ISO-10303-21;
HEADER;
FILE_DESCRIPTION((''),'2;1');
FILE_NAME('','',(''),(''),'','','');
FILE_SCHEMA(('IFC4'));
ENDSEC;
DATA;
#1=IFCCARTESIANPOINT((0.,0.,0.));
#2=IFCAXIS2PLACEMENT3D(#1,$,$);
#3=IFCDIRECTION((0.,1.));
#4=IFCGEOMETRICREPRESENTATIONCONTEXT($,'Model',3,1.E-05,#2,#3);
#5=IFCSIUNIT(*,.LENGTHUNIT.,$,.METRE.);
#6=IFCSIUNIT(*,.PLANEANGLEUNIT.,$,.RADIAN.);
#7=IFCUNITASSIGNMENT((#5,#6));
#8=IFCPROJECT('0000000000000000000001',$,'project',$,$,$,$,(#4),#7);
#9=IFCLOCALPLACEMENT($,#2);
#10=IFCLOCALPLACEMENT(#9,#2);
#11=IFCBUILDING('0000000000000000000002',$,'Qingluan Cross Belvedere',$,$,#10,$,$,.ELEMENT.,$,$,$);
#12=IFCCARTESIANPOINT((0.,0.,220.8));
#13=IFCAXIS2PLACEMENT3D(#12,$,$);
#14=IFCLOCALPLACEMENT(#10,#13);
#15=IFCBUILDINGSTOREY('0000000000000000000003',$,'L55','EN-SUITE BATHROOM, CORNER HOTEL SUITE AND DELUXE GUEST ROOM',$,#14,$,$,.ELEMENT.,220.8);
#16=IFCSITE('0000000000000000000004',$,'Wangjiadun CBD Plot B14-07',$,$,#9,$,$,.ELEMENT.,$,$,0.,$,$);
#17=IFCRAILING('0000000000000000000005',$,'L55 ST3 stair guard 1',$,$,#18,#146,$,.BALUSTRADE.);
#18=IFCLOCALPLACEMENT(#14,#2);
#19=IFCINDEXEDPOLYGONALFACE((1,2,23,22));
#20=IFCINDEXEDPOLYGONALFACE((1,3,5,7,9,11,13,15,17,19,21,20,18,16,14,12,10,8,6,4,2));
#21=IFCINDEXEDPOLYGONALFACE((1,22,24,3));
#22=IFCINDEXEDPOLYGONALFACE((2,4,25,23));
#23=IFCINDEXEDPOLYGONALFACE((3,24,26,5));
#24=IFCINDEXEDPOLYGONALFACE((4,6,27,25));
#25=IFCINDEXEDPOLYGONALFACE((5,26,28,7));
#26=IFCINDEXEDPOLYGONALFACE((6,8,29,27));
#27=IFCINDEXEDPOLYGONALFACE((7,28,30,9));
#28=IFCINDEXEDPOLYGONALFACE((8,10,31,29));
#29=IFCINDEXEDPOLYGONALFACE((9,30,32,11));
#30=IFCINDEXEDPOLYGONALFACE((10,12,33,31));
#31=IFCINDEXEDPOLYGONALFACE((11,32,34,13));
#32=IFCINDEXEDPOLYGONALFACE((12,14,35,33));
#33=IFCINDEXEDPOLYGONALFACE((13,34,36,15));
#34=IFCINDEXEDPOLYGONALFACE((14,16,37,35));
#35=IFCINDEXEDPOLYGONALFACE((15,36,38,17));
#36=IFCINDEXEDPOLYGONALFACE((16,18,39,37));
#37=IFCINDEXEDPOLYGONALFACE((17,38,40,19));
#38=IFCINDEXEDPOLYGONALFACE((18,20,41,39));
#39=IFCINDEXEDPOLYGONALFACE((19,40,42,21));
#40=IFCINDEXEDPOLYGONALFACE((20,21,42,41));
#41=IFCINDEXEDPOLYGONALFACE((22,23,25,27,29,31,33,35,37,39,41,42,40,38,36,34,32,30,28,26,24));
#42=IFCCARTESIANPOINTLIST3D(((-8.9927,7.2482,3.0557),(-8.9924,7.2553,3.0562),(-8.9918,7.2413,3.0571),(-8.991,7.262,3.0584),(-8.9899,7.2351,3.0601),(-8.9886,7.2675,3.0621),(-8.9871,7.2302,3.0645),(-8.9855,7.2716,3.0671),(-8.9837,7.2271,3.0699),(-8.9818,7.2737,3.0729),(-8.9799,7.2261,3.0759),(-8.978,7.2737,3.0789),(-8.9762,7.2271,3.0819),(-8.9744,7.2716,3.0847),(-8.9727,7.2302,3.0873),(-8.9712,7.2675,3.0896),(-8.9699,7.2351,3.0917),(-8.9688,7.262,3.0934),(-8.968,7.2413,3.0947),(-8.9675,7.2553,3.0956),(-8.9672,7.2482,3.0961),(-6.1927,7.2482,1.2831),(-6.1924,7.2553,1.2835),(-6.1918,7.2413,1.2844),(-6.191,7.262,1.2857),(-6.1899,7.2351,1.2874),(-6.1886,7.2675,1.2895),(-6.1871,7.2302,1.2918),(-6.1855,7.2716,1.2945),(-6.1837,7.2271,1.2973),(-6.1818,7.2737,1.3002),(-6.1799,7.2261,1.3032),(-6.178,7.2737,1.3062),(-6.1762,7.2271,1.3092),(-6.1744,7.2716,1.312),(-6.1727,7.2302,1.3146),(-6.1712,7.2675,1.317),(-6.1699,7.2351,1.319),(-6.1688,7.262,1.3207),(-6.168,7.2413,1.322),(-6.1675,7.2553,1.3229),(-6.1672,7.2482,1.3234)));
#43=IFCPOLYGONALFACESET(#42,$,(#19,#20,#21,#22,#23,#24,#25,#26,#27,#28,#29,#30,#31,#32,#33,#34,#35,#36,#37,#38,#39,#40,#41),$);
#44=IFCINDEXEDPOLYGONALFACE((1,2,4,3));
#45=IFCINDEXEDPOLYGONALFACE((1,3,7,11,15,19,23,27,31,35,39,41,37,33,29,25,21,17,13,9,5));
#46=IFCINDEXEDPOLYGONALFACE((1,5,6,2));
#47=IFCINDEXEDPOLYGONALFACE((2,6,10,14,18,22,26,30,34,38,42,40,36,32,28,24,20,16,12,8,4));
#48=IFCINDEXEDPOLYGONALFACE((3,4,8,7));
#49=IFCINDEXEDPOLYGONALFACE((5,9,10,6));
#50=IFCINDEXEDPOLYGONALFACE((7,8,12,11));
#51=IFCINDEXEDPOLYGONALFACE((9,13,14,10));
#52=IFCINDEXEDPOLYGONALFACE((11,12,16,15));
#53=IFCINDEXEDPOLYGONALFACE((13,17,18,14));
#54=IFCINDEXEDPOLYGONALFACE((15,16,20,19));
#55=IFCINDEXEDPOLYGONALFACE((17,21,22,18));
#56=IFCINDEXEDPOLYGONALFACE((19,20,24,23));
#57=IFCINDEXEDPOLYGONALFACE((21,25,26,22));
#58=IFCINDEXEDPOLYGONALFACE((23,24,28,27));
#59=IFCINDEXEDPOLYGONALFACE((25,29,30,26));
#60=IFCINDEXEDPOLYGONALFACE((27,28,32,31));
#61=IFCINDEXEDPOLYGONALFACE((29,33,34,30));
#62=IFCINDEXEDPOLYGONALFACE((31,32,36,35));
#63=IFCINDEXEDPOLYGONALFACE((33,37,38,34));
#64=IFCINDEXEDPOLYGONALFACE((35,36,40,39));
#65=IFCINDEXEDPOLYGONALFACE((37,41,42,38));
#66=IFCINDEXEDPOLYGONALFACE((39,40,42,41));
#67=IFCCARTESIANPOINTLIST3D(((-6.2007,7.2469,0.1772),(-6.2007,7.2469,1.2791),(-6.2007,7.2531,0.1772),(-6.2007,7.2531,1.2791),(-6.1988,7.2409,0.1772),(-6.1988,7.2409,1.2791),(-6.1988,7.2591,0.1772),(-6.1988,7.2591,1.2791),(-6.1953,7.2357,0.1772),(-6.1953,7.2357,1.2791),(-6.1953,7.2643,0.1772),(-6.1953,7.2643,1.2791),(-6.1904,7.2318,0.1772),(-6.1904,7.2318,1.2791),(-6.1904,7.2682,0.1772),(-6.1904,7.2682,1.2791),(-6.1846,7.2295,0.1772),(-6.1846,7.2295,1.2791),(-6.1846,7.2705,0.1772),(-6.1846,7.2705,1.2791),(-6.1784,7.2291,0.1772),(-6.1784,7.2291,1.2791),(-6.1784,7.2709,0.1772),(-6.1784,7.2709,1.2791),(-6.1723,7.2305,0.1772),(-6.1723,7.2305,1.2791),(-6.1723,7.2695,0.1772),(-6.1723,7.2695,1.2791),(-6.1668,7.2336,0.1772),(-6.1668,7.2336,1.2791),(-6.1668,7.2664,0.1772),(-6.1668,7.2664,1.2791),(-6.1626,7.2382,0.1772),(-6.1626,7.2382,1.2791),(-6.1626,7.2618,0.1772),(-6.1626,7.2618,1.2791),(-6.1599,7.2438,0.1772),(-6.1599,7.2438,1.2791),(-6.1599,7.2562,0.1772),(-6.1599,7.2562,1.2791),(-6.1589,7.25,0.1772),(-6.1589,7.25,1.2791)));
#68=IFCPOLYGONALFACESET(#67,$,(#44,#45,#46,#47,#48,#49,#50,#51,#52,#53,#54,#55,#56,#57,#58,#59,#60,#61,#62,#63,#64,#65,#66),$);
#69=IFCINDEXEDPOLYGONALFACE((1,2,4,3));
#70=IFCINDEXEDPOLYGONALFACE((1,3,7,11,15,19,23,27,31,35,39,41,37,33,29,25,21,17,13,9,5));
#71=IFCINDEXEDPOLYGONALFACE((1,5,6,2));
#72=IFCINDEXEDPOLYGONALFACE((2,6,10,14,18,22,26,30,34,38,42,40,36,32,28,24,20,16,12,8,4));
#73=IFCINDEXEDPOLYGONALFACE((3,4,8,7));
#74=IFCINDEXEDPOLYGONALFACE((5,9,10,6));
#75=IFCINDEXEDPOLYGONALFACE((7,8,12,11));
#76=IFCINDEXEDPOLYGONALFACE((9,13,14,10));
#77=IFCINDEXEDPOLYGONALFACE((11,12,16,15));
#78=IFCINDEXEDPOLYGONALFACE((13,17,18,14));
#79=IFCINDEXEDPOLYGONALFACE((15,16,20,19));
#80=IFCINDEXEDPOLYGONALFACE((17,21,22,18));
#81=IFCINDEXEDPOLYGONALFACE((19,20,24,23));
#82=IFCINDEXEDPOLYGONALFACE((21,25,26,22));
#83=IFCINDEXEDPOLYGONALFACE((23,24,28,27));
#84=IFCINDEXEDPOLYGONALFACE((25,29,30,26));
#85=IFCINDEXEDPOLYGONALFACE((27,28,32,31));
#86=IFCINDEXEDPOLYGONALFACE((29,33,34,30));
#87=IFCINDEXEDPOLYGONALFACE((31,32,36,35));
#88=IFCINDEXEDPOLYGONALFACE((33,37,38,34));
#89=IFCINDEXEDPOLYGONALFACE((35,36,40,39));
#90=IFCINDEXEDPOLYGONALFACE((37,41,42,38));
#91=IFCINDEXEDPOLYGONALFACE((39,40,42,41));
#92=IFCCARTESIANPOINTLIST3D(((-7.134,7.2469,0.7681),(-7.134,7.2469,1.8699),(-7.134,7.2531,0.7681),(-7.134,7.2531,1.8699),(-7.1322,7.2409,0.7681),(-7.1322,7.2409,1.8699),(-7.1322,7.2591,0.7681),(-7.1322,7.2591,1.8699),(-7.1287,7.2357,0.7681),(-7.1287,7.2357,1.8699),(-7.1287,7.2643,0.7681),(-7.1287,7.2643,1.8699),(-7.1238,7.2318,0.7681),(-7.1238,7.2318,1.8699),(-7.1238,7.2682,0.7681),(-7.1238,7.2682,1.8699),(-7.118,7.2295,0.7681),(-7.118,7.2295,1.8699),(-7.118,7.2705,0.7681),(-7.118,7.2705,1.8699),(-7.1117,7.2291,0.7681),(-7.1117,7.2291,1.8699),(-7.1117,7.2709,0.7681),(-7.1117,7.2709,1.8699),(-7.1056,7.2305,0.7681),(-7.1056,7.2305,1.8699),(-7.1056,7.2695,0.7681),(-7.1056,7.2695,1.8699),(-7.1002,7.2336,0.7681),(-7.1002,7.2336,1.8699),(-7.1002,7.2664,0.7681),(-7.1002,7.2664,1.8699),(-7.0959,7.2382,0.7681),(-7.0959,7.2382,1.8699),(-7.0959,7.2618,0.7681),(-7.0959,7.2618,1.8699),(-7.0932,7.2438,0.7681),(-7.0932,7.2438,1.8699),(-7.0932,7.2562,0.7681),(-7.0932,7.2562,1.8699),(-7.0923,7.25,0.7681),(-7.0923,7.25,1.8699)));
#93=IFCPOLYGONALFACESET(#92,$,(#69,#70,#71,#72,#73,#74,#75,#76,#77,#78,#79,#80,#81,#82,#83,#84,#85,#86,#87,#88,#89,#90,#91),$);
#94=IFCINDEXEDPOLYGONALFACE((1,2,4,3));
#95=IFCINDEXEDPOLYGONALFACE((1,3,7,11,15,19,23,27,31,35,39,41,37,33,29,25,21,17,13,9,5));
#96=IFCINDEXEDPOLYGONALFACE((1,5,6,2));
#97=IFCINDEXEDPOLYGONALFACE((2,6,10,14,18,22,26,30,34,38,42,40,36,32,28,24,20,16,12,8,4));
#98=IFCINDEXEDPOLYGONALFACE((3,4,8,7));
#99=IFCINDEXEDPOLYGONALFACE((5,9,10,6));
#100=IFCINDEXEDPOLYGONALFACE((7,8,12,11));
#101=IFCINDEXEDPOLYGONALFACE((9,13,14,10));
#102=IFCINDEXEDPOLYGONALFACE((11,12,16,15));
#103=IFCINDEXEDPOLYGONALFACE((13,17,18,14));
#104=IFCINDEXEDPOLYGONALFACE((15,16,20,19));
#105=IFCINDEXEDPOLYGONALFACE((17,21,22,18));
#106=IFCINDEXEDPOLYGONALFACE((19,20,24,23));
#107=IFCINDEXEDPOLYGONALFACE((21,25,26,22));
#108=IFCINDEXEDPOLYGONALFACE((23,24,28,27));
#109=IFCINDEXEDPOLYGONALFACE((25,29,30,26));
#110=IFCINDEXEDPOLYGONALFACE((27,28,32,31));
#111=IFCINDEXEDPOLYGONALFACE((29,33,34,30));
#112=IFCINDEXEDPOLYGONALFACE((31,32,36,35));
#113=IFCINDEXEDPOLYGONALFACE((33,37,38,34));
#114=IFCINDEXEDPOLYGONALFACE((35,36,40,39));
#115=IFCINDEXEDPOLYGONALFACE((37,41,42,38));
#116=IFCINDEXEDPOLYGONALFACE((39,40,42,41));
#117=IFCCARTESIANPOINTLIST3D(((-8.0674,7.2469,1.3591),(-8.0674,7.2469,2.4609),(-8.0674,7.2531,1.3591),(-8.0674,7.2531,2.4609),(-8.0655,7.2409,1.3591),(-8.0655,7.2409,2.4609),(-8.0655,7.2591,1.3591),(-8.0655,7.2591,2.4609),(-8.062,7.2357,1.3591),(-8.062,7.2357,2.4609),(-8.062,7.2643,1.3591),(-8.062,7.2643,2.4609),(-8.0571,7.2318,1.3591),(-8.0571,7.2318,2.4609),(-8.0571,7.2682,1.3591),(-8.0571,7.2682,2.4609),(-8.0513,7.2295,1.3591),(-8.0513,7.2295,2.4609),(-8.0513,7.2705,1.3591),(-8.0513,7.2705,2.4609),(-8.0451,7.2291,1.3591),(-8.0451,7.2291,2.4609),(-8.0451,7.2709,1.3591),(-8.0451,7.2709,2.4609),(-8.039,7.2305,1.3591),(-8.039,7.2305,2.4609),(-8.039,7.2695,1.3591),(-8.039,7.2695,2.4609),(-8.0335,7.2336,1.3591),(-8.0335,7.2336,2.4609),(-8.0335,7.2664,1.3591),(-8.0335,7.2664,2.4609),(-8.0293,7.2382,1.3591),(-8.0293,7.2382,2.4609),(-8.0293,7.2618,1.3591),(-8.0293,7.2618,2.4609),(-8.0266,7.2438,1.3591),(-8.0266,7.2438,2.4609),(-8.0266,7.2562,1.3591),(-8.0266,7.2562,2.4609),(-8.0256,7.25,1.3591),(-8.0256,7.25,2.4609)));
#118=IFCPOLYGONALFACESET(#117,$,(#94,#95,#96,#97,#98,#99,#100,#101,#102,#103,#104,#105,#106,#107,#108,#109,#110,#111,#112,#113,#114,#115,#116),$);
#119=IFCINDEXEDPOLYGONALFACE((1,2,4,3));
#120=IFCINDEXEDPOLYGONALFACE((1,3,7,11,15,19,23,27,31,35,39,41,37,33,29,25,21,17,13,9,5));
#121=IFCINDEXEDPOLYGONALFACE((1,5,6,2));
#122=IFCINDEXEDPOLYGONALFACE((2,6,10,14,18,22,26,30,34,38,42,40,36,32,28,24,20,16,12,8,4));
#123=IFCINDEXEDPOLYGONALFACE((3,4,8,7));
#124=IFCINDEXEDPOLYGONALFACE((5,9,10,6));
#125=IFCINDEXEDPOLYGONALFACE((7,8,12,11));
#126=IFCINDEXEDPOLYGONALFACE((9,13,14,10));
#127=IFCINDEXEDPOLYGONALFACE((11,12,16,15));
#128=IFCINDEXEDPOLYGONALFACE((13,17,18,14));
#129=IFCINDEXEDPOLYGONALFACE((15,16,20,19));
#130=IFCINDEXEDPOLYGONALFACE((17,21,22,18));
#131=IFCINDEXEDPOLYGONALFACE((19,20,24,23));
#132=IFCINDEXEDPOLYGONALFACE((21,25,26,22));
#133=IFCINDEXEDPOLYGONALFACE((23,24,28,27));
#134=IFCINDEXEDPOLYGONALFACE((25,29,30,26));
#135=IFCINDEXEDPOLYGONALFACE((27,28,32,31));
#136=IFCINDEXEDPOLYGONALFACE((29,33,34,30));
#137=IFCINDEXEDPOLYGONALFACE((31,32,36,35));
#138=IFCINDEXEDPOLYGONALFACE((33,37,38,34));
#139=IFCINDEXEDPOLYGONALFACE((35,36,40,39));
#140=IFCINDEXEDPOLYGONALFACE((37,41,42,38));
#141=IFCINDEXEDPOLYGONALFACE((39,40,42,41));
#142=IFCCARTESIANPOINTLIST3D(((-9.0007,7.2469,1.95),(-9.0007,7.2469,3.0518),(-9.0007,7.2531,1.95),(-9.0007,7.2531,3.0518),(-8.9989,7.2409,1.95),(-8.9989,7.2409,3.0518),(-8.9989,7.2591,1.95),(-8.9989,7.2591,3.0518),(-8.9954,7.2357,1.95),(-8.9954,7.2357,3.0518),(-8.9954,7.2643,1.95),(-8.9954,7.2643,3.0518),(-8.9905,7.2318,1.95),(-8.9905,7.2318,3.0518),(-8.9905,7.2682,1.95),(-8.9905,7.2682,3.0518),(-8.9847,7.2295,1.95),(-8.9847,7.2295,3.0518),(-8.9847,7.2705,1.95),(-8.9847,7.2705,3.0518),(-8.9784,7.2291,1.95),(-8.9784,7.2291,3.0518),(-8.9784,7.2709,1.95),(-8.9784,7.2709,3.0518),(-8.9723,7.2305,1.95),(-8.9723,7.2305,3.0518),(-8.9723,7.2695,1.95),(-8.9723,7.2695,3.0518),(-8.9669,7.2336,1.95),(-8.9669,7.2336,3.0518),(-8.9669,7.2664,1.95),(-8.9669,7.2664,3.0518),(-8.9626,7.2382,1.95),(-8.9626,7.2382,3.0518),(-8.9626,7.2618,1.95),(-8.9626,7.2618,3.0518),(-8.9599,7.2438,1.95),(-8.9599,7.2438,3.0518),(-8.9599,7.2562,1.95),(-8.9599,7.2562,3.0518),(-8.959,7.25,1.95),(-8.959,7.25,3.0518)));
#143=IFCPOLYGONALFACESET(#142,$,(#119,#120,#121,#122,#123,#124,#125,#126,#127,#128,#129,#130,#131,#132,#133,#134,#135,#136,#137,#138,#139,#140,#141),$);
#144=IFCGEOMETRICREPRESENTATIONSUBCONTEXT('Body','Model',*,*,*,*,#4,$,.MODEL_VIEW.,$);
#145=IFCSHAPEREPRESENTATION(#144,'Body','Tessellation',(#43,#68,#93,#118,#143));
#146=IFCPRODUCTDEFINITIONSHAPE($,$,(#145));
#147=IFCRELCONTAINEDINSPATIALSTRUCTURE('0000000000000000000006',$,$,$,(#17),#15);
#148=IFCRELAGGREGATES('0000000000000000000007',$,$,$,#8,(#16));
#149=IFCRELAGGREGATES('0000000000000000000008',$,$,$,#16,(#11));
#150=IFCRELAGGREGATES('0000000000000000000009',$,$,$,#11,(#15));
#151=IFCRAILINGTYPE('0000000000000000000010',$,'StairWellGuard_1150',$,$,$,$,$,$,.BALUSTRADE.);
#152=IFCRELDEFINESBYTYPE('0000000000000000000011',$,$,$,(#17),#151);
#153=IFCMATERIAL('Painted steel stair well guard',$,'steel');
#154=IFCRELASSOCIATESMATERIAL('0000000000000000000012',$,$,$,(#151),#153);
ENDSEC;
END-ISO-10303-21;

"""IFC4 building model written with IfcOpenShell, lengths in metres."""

from ifc_helpers import new_model, si_unit, direction, frame, origin, origin_2d, place, context, subcontext, project, spatial, circle, extrude, material, type_object, element, save


model = new_model("IFC4")

# Units and contexts
model_context = context("Model", 3, precision=1e-05, world=origin(), true_north=direction((0.0, 1.0)))
body_context = subcontext(model_context, "Body", "Model", "MODEL_VIEW")
ifc_project = project(units=[si_unit("LENGTHUNIT", "METRE"), si_unit("PLANEANGLEUNIT", "RADIAN")], contexts=[model_context])

# Site, building, storey
site_placement = place(None, origin())
site = spatial("IfcSite", under=ifc_project, at=site_placement, Name="Wangjiadun CBD Plot B14-07", CompositionType="ELEMENT", RefElevation=0.0)
building_placement = place(site_placement, origin())
building = spatial("IfcBuilding", under=site, at=building_placement, Name="Qingluan Cross Belvedere", CompositionType="ELEMENT")
storey_placement = place(building_placement, frame((0.0, 0.0, 220.8)))
storey = spatial("IfcBuildingStorey", under=building, at=storey_placement, Name="L55", Description="EN-SUITE BATHROOM, CORNER HOTEL SUITE AND DELUXE GUEST ROOM", CompositionType="ELEMENT", Elevation=220.8)

# Railing
ifc_material_1 = material(Name="Painted steel stair well guard", Category="steel")
railing_type_1 = type_object("IfcRailingType", Name="StairWellGuard_1150", PredefinedType="BALUSTRADE", material=ifc_material_1)
railing_1_placement = place(storey_placement, frame((-6.1799, 7.25, 0.1772)))
element("IfcRailing", 1, at=railing_1_placement, inside=storey, type_object=railing_type_1, Name="L55 ST3 stair guard 1", PredefinedType="BALUSTRADE", context=body_context, shape_type="SweptSolid", body=[
    extrude(circle(Radius=0.0239, at=origin_2d()), frame((0.0, 0.0, 1.126), z_axis=(-0.844909, 0.0, 0.53491), x_axis=(0.0, -1.0, 0.0)), (0.0, 0.0, 1.0), 3.314),
    extrude(circle(Radius=0.021, at=origin_2d()), origin(), (0.0, 0.0, 1.0), 1.1018),
    extrude(circle(Radius=0.021, at=origin_2d()), frame((-0.9333, 0.0, 0.5908)), (0.0, 0.0, 1.0), 1.1018),
    extrude(circle(Radius=0.021, at=origin_2d()), frame((-1.8667, 0.0, 1.1819)), (0.0, 0.0, 1.0), 1.1018),
    extrude(circle(Radius=0.021, at=origin_2d()), frame((-2.8, 0.0, 1.7727)), (0.0, 0.0, 1.0), 1.1018),
])

save(model, "model.ifc")
